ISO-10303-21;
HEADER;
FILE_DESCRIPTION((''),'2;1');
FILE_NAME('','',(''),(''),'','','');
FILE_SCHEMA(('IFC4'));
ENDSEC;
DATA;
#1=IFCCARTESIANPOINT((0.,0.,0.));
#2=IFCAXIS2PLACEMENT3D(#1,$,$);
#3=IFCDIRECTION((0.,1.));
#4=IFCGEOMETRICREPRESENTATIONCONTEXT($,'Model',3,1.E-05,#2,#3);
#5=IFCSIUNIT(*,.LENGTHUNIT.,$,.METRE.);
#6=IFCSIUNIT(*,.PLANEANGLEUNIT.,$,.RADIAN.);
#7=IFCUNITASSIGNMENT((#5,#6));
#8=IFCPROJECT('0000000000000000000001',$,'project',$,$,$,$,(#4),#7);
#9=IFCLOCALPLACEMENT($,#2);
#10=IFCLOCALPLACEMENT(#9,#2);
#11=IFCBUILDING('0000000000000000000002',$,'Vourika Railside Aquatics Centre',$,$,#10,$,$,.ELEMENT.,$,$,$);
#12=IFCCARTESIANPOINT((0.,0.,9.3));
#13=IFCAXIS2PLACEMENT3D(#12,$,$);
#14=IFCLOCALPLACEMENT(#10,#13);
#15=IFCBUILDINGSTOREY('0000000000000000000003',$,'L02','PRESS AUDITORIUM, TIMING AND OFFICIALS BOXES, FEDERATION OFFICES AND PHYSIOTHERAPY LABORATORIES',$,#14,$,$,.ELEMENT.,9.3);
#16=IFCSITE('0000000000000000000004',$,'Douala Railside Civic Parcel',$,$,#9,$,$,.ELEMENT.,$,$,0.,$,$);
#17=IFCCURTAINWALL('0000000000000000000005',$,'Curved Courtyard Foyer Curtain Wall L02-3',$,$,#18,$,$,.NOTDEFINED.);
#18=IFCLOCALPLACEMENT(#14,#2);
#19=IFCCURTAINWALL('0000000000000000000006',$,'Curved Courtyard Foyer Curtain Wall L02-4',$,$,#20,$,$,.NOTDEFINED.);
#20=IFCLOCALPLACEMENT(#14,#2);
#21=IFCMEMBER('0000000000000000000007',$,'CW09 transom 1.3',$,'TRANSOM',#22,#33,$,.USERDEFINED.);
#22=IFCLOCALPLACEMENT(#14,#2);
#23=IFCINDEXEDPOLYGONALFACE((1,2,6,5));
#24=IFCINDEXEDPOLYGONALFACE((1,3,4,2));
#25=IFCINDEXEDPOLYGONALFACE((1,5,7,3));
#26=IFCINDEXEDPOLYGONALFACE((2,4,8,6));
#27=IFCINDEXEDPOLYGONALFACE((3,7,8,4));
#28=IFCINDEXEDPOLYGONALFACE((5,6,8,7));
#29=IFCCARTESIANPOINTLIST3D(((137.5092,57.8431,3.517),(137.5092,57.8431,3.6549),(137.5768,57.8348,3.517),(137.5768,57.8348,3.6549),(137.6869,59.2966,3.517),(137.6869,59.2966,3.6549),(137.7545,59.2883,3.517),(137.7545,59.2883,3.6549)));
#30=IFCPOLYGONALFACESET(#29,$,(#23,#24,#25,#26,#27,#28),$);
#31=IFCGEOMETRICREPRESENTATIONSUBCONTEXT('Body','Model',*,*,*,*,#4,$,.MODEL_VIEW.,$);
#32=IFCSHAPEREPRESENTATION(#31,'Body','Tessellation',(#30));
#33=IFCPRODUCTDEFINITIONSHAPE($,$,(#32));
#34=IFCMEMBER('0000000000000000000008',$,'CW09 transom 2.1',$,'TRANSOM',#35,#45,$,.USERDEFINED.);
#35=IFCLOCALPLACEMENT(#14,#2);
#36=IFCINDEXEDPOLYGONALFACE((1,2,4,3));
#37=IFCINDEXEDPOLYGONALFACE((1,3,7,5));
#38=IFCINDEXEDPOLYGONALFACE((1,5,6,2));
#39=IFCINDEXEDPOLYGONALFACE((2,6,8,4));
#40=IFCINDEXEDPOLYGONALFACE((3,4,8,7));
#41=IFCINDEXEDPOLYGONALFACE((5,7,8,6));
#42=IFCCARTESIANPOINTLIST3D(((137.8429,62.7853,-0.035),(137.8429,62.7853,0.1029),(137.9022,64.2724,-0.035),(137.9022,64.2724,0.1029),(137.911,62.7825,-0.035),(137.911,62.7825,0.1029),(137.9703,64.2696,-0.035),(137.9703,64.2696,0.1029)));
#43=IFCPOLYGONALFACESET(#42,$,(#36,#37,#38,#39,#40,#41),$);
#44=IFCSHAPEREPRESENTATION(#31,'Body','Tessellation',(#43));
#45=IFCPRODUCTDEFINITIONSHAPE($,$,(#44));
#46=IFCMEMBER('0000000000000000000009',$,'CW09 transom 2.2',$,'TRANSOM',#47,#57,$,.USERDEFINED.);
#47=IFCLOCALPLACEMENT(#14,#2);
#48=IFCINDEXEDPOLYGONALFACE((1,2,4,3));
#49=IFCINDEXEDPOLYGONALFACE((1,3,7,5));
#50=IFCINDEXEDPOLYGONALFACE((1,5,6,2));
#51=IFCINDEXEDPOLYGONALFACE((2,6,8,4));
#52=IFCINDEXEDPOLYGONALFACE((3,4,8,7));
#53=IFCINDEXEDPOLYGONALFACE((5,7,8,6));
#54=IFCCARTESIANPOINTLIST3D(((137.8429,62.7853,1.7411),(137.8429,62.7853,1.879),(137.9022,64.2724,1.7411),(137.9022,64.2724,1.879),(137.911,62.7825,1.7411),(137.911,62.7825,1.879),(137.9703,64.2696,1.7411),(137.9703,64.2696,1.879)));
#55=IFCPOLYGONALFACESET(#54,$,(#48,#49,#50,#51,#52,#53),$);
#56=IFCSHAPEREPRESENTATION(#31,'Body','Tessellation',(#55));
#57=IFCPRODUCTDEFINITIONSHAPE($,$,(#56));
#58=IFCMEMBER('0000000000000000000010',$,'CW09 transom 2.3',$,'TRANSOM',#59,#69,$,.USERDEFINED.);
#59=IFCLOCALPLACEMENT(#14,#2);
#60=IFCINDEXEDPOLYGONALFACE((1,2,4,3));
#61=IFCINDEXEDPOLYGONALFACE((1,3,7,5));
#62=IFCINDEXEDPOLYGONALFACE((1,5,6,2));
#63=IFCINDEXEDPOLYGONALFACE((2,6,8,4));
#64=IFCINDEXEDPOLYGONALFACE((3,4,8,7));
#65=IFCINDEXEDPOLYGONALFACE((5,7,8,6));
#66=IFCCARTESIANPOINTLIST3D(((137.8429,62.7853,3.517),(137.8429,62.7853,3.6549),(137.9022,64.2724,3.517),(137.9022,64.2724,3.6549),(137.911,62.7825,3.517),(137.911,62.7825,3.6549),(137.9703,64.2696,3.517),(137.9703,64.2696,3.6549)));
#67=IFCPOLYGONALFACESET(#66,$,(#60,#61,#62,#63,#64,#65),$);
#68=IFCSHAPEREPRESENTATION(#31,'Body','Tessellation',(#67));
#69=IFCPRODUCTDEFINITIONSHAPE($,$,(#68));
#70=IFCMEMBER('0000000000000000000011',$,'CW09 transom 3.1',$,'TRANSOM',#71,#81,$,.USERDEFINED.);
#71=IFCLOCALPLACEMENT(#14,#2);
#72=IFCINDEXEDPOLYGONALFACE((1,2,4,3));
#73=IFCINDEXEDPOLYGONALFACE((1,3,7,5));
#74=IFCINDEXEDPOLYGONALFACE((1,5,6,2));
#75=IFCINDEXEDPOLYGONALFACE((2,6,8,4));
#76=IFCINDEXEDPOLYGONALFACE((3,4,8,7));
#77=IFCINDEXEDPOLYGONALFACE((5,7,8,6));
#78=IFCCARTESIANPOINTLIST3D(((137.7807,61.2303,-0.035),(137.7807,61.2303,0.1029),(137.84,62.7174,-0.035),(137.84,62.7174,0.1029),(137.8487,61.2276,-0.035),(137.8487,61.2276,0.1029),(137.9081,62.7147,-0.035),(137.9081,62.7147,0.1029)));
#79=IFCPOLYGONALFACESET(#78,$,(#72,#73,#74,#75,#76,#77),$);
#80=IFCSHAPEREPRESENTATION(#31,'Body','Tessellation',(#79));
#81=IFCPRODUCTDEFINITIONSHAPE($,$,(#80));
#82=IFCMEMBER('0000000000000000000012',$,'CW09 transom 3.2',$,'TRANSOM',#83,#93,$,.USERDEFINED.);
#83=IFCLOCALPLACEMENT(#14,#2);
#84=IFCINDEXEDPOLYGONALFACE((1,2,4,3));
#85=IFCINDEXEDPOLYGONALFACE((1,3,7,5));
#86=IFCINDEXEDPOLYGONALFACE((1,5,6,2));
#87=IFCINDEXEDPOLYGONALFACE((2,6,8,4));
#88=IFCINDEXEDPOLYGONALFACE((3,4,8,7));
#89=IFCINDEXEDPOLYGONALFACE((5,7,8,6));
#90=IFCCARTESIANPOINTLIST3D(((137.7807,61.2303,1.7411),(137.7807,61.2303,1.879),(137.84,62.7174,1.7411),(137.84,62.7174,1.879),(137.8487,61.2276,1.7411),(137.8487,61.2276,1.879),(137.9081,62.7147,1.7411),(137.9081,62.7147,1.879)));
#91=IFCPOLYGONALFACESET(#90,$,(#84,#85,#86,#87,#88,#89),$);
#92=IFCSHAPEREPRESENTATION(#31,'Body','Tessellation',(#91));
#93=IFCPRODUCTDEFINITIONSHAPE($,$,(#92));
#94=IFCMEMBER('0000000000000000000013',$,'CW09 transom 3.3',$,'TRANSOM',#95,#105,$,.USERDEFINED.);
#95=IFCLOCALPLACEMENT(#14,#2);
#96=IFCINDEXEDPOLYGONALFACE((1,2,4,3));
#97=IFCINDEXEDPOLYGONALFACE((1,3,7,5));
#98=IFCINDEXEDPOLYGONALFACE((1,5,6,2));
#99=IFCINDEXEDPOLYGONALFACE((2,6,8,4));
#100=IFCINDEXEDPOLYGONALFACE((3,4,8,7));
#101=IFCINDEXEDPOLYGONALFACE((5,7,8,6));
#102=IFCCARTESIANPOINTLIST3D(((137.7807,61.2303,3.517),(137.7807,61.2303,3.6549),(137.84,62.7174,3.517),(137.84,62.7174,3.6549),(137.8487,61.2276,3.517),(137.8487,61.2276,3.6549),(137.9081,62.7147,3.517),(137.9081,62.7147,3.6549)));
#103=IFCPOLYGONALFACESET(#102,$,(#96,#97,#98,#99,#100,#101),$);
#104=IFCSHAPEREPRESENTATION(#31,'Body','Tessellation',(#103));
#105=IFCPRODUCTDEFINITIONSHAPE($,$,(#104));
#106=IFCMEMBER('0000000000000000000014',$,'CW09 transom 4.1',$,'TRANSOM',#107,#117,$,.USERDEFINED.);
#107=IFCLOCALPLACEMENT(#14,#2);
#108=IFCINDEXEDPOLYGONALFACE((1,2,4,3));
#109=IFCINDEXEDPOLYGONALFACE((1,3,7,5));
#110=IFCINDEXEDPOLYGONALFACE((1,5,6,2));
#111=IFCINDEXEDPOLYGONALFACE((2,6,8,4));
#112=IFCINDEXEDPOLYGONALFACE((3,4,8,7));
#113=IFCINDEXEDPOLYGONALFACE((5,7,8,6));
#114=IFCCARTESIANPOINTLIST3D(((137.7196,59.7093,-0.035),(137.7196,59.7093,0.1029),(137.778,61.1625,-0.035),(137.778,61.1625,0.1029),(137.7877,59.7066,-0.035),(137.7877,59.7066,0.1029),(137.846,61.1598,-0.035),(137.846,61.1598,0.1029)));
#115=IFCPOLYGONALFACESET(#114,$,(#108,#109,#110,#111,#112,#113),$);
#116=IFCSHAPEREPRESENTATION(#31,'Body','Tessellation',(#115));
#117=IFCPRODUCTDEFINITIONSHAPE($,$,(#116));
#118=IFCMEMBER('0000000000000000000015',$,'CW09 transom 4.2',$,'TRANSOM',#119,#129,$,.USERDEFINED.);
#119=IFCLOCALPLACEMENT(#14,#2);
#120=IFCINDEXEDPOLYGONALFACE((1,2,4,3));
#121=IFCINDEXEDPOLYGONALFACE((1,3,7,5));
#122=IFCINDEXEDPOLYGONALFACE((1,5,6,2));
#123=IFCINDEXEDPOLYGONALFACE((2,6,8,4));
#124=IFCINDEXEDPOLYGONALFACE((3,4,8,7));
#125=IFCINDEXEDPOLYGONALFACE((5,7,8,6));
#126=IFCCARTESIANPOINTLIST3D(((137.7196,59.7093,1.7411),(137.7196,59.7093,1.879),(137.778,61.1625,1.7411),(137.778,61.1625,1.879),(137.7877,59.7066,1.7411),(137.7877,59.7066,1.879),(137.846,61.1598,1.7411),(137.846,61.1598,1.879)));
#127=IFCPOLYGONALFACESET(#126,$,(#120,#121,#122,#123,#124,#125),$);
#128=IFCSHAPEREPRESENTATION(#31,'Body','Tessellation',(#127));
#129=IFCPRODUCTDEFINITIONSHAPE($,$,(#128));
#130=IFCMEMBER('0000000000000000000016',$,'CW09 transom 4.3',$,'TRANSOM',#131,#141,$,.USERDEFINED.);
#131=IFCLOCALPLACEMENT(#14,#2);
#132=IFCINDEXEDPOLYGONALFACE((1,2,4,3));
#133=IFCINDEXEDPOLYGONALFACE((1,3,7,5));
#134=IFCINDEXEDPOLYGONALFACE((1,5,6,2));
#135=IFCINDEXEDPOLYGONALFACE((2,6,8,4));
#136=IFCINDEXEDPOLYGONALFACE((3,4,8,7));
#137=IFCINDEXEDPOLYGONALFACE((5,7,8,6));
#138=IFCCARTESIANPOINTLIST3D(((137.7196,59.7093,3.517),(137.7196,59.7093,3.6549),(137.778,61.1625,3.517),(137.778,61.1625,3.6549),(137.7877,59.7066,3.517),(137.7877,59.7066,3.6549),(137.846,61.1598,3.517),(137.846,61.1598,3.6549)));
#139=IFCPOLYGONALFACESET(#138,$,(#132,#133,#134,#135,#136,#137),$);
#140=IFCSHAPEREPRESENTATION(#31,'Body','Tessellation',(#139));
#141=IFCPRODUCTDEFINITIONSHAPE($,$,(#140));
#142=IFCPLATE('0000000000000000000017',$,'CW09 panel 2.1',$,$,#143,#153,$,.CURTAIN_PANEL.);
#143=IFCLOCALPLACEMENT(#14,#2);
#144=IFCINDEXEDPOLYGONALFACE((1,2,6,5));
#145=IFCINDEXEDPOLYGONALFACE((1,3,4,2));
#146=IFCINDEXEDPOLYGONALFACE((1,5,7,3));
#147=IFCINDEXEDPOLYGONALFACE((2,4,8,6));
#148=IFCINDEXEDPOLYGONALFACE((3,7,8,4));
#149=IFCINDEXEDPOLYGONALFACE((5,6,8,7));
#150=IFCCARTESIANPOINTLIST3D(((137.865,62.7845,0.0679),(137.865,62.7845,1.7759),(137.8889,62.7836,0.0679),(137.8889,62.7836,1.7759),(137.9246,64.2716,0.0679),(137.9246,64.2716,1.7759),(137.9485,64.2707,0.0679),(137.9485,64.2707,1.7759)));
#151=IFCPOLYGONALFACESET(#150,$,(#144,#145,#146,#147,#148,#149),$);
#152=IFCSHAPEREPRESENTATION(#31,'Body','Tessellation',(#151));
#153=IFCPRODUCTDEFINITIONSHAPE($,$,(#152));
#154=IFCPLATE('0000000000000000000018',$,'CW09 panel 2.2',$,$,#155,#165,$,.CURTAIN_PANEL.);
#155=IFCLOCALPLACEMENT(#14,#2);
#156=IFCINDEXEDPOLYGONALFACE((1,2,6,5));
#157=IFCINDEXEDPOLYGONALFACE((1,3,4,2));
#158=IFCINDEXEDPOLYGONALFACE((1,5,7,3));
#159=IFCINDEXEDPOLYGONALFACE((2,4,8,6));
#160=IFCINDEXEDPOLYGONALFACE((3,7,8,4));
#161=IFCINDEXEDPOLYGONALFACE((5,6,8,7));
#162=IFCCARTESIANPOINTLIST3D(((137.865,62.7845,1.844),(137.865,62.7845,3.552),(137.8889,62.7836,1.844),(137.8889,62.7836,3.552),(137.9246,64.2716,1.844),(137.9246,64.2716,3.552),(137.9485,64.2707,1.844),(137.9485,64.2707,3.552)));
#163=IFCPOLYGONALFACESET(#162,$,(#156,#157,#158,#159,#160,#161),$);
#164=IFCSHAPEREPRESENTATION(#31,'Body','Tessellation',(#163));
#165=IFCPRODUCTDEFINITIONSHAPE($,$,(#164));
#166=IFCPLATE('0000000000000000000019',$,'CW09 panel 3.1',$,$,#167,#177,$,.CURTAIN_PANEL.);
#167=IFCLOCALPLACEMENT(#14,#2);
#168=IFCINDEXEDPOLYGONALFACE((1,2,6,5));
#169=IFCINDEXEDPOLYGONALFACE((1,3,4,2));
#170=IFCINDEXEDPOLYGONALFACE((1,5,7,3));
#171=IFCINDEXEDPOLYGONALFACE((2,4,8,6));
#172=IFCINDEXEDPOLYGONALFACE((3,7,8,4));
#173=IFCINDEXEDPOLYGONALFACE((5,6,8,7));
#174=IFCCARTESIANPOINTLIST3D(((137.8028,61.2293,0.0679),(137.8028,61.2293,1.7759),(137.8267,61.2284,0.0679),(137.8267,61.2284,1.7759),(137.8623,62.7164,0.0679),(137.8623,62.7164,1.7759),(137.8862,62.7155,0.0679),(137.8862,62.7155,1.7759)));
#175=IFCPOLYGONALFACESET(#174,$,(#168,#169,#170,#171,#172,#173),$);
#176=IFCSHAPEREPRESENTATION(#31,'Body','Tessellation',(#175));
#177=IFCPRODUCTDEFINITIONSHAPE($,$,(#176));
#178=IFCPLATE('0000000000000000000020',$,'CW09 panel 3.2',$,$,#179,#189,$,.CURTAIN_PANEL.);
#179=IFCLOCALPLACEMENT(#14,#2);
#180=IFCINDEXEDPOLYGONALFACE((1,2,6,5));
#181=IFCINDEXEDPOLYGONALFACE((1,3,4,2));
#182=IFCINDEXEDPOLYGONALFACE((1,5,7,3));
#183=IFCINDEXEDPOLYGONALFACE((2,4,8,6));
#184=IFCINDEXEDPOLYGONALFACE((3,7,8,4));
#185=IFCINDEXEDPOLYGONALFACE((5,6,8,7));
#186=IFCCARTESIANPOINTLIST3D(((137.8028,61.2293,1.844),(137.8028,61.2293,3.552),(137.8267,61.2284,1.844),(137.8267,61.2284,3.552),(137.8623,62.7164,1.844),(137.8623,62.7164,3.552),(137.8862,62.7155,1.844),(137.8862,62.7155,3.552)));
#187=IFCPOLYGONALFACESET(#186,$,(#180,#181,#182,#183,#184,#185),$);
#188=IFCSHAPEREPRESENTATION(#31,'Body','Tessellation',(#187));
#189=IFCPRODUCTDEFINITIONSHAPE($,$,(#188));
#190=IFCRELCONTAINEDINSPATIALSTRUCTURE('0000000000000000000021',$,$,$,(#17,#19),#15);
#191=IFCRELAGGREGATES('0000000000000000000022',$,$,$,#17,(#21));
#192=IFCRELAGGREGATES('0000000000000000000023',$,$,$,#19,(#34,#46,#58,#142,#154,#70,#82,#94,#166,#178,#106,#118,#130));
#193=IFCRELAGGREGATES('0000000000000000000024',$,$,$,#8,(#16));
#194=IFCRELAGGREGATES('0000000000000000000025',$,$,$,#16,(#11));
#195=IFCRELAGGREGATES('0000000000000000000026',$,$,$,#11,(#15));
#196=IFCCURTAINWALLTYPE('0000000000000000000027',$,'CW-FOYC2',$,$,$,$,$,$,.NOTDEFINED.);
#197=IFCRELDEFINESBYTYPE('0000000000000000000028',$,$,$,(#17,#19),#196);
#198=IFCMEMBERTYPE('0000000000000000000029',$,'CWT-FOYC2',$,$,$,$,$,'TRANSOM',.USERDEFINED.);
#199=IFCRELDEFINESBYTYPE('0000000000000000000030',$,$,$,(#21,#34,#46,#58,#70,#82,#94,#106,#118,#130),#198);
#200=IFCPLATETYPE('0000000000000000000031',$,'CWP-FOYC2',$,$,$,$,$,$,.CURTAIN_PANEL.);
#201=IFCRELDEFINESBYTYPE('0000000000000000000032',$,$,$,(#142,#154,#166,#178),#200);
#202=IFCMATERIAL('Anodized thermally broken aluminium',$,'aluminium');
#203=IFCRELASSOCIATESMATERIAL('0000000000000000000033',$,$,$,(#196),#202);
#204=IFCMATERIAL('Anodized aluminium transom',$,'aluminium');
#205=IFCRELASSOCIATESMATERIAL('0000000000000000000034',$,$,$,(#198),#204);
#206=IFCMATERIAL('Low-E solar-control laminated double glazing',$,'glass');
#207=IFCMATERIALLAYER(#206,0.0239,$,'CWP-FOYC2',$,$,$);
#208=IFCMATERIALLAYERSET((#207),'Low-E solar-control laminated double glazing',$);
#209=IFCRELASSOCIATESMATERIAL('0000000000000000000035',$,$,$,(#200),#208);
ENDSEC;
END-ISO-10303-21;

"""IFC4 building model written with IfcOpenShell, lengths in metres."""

from ifc_helpers import new_model, si_unit, direction, frame, origin, origin_2d, place, context, subcontext, project, spatial, rectangle, extrude, material, layer, layer_set, material_profile, profile_set, type_object, element, aggregate, save


model = new_model("IFC4")

# Units and contexts
model_context = context("Model", 3, precision=1e-05, world=origin(), true_north=direction((0.0, 1.0)))
body_context = subcontext(model_context, "Body", "Model", "MODEL_VIEW")
ifc_project = project(units=[si_unit("LENGTHUNIT", "METRE"), si_unit("PLANEANGLEUNIT", "RADIAN")], contexts=[model_context])

# Site, building, storey
site_placement = place(None, origin())
site = spatial("IfcSite", under=ifc_project, at=site_placement, Name="Douala Railside Civic Parcel", CompositionType="ELEMENT", RefElevation=0.0)
building_placement = place(site_placement, origin())
building = spatial("IfcBuilding", under=site, at=building_placement, Name="Vourika Railside Aquatics Centre", CompositionType="ELEMENT")
storey_placement = place(building_placement, frame((0.0, 0.0, 9.3)))
storey = spatial("IfcBuildingStorey", under=building, at=storey_placement, Name="L02", Description="PRESS AUDITORIUM, TIMING AND OFFICIALS BOXES, FEDERATION OFFICES AND PHYSIOTHERAPY LABORATORIES", CompositionType="ELEMENT", Elevation=9.3)

# Curtain wall
ifc_material_1 = material(Name="Anodized thermally broken aluminium", Category="aluminium")
curtain_wall_type = type_object("IfcCurtainWallType", Name="CW-FOYC2", PredefinedType="NOTDEFINED", material=ifc_material_1)
curtain_wall_1_placement = place(storey_placement, origin())
curtain_wall_1 = element("IfcCurtainWall", 1, at=curtain_wall_1_placement, inside=storey, type_object=curtain_wall_type, Name="Curved Courtyard Foyer Curtain Wall L02-3", PredefinedType="NOTDEFINED")

# Curtain wall
curtain_wall_2_placement = place(storey_placement, origin())
curtain_wall_2 = element("IfcCurtainWall", 2, at=curtain_wall_2_placement, inside=storey, type_object=curtain_wall_type, Name="Curved Courtyard Foyer Curtain Wall L02-4", PredefinedType="NOTDEFINED")

# Members
ifc_material_2 = material(Name="Anodized aluminium transom", Category="aluminium")
ifc_material_profile_1 = material_profile(ifc_material_2, rectangle(XDim=0.0681, YDim=0.1379, at=origin_2d()), Name="ALU-T 68x138")
ifc_profile_set_1 = profile_set([ifc_material_profile_1], Name="Anodized aluminium transom")
member_type_1 = type_object("IfcMemberType", Name="CWT-FOYC2", ElementType="TRANSOM", PredefinedType="USERDEFINED", material=ifc_profile_set_1)
member_1_placement = place(storey_placement, frame((137.7207, 59.2925, 3.5859), z_axis=(-0.121367, -0.992608, 0.0), x_axis=(0.992608, -0.121367, 0.0)))
member_1 = element("IfcMember", 3, at=member_1_placement, type_object=member_type_1, Name="CW09 transom 1.3", ObjectType="TRANSOM", PredefinedType="USERDEFINED", context=body_context, shape_type="SweptSolid", body=[
    extrude(rectangle(XDim=0.0681, YDim=0.1379, at=origin_2d()), origin(), (0.0, 0.0, 1.0), 1.4644),
])
aggregate(curtain_wall_1, [member_1])
member_2_placement = place(storey_placement, frame((137.9363, 64.271, 0.0339), z_axis=(-0.039863, -0.999205, 0.0), x_axis=(0.999205, -0.039863, 0.0)))
member_2 = element("IfcMember", 4, at=member_2_placement, type_object=member_type_1, Name="CW09 transom 2.1", ObjectType="TRANSOM", PredefinedType="USERDEFINED", context=body_context, shape_type="SweptSolid", body=[
    extrude(rectangle(XDim=0.0681, YDim=0.1379, at=origin_2d()), origin(), (0.0, 0.0, 1.0), 1.4883),
])
member_3_placement = place(storey_placement, frame((137.9363, 64.271, 1.8101), z_axis=(-0.039863, -0.999205, 0.0), x_axis=(0.999205, -0.039863, 0.0)))
member_3 = element("IfcMember", 5, at=member_3_placement, type_object=member_type_1, Name="CW09 transom 2.2", ObjectType="TRANSOM", PredefinedType="USERDEFINED", context=body_context, shape_type="SweptSolid", body=[
    extrude(rectangle(XDim=0.0681, YDim=0.1379, at=origin_2d()), origin(), (0.0, 0.0, 1.0), 1.4883),
])
member_4_placement = place(storey_placement, frame((137.9363, 64.271, 3.5859), z_axis=(-0.039863, -0.999205, 0.0), x_axis=(0.999205, -0.039863, 0.0)))
member_4 = element("IfcMember", 6, at=member_4_placement, type_object=member_type_1, Name="CW09 transom 2.3", ObjectType="TRANSOM", PredefinedType="USERDEFINED", context=body_context, shape_type="SweptSolid", body=[
    extrude(rectangle(XDim=0.0681, YDim=0.1379, at=origin_2d()), origin(), (0.0, 0.0, 1.0), 1.4883),
])
member_5_placement = place(storey_placement, frame((137.874, 62.7161, 0.0339), z_axis=(-0.039863, -0.999205, 0.0), x_axis=(0.999205, -0.039863, 0.0)))
member_5 = element("IfcMember", 7, at=member_5_placement, type_object=member_type_1, Name="CW09 transom 3.1", ObjectType="TRANSOM", PredefinedType="USERDEFINED", context=body_context, shape_type="SweptSolid", body=[
    extrude(rectangle(XDim=0.0681, YDim=0.1379, at=origin_2d()), origin(), (0.0, 0.0, 1.0), 1.4883),
])
member_6_placement = place(storey_placement, frame((137.874, 62.7161, 1.8101), z_axis=(-0.039863, -0.999205, 0.0), x_axis=(0.999205, -0.039863, 0.0)))
member_6 = element("IfcMember", 8, at=member_6_placement, type_object=member_type_1, Name="CW09 transom 3.2", ObjectType="TRANSOM", PredefinedType="USERDEFINED", context=body_context, shape_type="SweptSolid", body=[
    extrude(rectangle(XDim=0.0681, YDim=0.1379, at=origin_2d()), origin(), (0.0, 0.0, 1.0), 1.4883),
])
member_7_placement = place(storey_placement, frame((137.874, 62.7161, 3.5859), z_axis=(-0.039863, -0.999205, 0.0), x_axis=(0.999205, -0.039863, 0.0)))
member_7 = element("IfcMember", 9, at=member_7_placement, type_object=member_type_1, Name="CW09 transom 3.3", ObjectType="TRANSOM", PredefinedType="USERDEFINED", context=body_context, shape_type="SweptSolid", body=[
    extrude(rectangle(XDim=0.0681, YDim=0.1379, at=origin_2d()), origin(), (0.0, 0.0, 1.0), 1.4883),
])
member_8_placement = place(storey_placement, frame((137.812, 61.1611, 0.0339), z_axis=(-0.040122, -0.999195, 0.0), x_axis=(0.999195, -0.040122, 0.0)))
member_8 = element("IfcMember", 10, at=member_8_placement, type_object=member_type_1, Name="CW09 transom 4.1", ObjectType="TRANSOM", PredefinedType="USERDEFINED", context=body_context, shape_type="SweptSolid", body=[
    extrude(rectangle(XDim=0.0681, YDim=0.1379, at=origin_2d()), origin(), (0.0, 0.0, 1.0), 1.4543),
])
member_9_placement = place(storey_placement, frame((137.812, 61.1611, 1.8101), z_axis=(-0.040122, -0.999195, 0.0), x_axis=(0.999195, -0.040122, 0.0)))
member_9 = element("IfcMember", 11, at=member_9_placement, type_object=member_type_1, Name="CW09 transom 4.2", ObjectType="TRANSOM", PredefinedType="USERDEFINED", context=body_context, shape_type="SweptSolid", body=[
    extrude(rectangle(XDim=0.0681, YDim=0.1379, at=origin_2d()), origin(), (0.0, 0.0, 1.0), 1.4543),
])
member_10_placement = place(storey_placement, frame((137.812, 61.1611, 3.5859), z_axis=(-0.040122, -0.999195, 0.0), x_axis=(0.999195, -0.040122, 0.0)))
member_10 = element("IfcMember", 12, at=member_10_placement, type_object=member_type_1, Name="CW09 transom 4.3", ObjectType="TRANSOM", PredefinedType="USERDEFINED", context=body_context, shape_type="SweptSolid", body=[
    extrude(rectangle(XDim=0.0681, YDim=0.1379, at=origin_2d()), origin(), (0.0, 0.0, 1.0), 1.4543),
])

# Plates
ifc_material_3 = material(Name="Low-E solar-control laminated double glazing", Category="glass")
ifc_layer = layer(ifc_material_3, 0.0239, Name="CWP-FOYC2")
ifc_layer_set = layer_set([ifc_layer], Name="Low-E solar-control laminated double glazing")
plate_type = type_object("IfcPlateType", Name="CWP-FOYC2", PredefinedType="CURTAIN_PANEL", material=ifc_layer_set)
plate_1_placement = place(storey_placement, frame((137.9067, 63.5276, 0.0679), z_axis=(0.0, 0.0, 1.0), x_axis=(-0.04, -0.9992, 0.0)))
plate_1 = element("IfcPlate", 13, at=plate_1_placement, type_object=plate_type, Name="CW09 panel 2.1", PredefinedType="CURTAIN_PANEL", context=body_context, shape_type="SweptSolid", body=[
    extrude(rectangle(XDim=1.4883, YDim=0.0239, at=origin_2d()), origin(), (0.0, 0.0, 1.0), 1.708),
])
plate_2_placement = place(storey_placement, frame((137.9067, 63.5276, 1.844), z_axis=(0.0, 0.0, 1.0), x_axis=(-0.04, -0.9992, 0.0)))
plate_2 = element("IfcPlate", 14, at=plate_2_placement, type_object=plate_type, Name="CW09 panel 2.2", PredefinedType="CURTAIN_PANEL", context=body_context, shape_type="SweptSolid", body=[
    extrude(rectangle(XDim=1.4883, YDim=0.0239, at=origin_2d()), origin(), (0.0, 0.0, 1.0), 1.708),
])
plate_3_placement = place(storey_placement, frame((137.8445, 61.9724, 0.0679), z_axis=(0.0, 0.0, 1.0), x_axis=(-0.04, -0.9992, 0.0)))
plate_3 = element("IfcPlate", 15, at=plate_3_placement, type_object=plate_type, Name="CW09 panel 3.1", PredefinedType="CURTAIN_PANEL", context=body_context, shape_type="SweptSolid", body=[
    extrude(rectangle(XDim=1.4883, YDim=0.0239, at=origin_2d()), origin(), (0.0, 0.0, 1.0), 1.708),
])
plate_4_placement = place(storey_placement, frame((137.8445, 61.9724, 1.844), z_axis=(0.0, 0.0, 1.0), x_axis=(-0.04, -0.9992, 0.0)))
plate_4 = element("IfcPlate", 16, at=plate_4_placement, type_object=plate_type, Name="CW09 panel 3.2", PredefinedType="CURTAIN_PANEL", context=body_context, shape_type="SweptSolid", body=[
    extrude(rectangle(XDim=1.4883, YDim=0.0239, at=origin_2d()), origin(), (0.0, 0.0, 1.0), 1.708),
])
aggregate(curtain_wall_2, [member_2, member_3, member_4, plate_1, plate_2, member_5, member_6, member_7, plate_3, plate_4, member_8, member_9, member_10])

save(model, "model.ifc")
